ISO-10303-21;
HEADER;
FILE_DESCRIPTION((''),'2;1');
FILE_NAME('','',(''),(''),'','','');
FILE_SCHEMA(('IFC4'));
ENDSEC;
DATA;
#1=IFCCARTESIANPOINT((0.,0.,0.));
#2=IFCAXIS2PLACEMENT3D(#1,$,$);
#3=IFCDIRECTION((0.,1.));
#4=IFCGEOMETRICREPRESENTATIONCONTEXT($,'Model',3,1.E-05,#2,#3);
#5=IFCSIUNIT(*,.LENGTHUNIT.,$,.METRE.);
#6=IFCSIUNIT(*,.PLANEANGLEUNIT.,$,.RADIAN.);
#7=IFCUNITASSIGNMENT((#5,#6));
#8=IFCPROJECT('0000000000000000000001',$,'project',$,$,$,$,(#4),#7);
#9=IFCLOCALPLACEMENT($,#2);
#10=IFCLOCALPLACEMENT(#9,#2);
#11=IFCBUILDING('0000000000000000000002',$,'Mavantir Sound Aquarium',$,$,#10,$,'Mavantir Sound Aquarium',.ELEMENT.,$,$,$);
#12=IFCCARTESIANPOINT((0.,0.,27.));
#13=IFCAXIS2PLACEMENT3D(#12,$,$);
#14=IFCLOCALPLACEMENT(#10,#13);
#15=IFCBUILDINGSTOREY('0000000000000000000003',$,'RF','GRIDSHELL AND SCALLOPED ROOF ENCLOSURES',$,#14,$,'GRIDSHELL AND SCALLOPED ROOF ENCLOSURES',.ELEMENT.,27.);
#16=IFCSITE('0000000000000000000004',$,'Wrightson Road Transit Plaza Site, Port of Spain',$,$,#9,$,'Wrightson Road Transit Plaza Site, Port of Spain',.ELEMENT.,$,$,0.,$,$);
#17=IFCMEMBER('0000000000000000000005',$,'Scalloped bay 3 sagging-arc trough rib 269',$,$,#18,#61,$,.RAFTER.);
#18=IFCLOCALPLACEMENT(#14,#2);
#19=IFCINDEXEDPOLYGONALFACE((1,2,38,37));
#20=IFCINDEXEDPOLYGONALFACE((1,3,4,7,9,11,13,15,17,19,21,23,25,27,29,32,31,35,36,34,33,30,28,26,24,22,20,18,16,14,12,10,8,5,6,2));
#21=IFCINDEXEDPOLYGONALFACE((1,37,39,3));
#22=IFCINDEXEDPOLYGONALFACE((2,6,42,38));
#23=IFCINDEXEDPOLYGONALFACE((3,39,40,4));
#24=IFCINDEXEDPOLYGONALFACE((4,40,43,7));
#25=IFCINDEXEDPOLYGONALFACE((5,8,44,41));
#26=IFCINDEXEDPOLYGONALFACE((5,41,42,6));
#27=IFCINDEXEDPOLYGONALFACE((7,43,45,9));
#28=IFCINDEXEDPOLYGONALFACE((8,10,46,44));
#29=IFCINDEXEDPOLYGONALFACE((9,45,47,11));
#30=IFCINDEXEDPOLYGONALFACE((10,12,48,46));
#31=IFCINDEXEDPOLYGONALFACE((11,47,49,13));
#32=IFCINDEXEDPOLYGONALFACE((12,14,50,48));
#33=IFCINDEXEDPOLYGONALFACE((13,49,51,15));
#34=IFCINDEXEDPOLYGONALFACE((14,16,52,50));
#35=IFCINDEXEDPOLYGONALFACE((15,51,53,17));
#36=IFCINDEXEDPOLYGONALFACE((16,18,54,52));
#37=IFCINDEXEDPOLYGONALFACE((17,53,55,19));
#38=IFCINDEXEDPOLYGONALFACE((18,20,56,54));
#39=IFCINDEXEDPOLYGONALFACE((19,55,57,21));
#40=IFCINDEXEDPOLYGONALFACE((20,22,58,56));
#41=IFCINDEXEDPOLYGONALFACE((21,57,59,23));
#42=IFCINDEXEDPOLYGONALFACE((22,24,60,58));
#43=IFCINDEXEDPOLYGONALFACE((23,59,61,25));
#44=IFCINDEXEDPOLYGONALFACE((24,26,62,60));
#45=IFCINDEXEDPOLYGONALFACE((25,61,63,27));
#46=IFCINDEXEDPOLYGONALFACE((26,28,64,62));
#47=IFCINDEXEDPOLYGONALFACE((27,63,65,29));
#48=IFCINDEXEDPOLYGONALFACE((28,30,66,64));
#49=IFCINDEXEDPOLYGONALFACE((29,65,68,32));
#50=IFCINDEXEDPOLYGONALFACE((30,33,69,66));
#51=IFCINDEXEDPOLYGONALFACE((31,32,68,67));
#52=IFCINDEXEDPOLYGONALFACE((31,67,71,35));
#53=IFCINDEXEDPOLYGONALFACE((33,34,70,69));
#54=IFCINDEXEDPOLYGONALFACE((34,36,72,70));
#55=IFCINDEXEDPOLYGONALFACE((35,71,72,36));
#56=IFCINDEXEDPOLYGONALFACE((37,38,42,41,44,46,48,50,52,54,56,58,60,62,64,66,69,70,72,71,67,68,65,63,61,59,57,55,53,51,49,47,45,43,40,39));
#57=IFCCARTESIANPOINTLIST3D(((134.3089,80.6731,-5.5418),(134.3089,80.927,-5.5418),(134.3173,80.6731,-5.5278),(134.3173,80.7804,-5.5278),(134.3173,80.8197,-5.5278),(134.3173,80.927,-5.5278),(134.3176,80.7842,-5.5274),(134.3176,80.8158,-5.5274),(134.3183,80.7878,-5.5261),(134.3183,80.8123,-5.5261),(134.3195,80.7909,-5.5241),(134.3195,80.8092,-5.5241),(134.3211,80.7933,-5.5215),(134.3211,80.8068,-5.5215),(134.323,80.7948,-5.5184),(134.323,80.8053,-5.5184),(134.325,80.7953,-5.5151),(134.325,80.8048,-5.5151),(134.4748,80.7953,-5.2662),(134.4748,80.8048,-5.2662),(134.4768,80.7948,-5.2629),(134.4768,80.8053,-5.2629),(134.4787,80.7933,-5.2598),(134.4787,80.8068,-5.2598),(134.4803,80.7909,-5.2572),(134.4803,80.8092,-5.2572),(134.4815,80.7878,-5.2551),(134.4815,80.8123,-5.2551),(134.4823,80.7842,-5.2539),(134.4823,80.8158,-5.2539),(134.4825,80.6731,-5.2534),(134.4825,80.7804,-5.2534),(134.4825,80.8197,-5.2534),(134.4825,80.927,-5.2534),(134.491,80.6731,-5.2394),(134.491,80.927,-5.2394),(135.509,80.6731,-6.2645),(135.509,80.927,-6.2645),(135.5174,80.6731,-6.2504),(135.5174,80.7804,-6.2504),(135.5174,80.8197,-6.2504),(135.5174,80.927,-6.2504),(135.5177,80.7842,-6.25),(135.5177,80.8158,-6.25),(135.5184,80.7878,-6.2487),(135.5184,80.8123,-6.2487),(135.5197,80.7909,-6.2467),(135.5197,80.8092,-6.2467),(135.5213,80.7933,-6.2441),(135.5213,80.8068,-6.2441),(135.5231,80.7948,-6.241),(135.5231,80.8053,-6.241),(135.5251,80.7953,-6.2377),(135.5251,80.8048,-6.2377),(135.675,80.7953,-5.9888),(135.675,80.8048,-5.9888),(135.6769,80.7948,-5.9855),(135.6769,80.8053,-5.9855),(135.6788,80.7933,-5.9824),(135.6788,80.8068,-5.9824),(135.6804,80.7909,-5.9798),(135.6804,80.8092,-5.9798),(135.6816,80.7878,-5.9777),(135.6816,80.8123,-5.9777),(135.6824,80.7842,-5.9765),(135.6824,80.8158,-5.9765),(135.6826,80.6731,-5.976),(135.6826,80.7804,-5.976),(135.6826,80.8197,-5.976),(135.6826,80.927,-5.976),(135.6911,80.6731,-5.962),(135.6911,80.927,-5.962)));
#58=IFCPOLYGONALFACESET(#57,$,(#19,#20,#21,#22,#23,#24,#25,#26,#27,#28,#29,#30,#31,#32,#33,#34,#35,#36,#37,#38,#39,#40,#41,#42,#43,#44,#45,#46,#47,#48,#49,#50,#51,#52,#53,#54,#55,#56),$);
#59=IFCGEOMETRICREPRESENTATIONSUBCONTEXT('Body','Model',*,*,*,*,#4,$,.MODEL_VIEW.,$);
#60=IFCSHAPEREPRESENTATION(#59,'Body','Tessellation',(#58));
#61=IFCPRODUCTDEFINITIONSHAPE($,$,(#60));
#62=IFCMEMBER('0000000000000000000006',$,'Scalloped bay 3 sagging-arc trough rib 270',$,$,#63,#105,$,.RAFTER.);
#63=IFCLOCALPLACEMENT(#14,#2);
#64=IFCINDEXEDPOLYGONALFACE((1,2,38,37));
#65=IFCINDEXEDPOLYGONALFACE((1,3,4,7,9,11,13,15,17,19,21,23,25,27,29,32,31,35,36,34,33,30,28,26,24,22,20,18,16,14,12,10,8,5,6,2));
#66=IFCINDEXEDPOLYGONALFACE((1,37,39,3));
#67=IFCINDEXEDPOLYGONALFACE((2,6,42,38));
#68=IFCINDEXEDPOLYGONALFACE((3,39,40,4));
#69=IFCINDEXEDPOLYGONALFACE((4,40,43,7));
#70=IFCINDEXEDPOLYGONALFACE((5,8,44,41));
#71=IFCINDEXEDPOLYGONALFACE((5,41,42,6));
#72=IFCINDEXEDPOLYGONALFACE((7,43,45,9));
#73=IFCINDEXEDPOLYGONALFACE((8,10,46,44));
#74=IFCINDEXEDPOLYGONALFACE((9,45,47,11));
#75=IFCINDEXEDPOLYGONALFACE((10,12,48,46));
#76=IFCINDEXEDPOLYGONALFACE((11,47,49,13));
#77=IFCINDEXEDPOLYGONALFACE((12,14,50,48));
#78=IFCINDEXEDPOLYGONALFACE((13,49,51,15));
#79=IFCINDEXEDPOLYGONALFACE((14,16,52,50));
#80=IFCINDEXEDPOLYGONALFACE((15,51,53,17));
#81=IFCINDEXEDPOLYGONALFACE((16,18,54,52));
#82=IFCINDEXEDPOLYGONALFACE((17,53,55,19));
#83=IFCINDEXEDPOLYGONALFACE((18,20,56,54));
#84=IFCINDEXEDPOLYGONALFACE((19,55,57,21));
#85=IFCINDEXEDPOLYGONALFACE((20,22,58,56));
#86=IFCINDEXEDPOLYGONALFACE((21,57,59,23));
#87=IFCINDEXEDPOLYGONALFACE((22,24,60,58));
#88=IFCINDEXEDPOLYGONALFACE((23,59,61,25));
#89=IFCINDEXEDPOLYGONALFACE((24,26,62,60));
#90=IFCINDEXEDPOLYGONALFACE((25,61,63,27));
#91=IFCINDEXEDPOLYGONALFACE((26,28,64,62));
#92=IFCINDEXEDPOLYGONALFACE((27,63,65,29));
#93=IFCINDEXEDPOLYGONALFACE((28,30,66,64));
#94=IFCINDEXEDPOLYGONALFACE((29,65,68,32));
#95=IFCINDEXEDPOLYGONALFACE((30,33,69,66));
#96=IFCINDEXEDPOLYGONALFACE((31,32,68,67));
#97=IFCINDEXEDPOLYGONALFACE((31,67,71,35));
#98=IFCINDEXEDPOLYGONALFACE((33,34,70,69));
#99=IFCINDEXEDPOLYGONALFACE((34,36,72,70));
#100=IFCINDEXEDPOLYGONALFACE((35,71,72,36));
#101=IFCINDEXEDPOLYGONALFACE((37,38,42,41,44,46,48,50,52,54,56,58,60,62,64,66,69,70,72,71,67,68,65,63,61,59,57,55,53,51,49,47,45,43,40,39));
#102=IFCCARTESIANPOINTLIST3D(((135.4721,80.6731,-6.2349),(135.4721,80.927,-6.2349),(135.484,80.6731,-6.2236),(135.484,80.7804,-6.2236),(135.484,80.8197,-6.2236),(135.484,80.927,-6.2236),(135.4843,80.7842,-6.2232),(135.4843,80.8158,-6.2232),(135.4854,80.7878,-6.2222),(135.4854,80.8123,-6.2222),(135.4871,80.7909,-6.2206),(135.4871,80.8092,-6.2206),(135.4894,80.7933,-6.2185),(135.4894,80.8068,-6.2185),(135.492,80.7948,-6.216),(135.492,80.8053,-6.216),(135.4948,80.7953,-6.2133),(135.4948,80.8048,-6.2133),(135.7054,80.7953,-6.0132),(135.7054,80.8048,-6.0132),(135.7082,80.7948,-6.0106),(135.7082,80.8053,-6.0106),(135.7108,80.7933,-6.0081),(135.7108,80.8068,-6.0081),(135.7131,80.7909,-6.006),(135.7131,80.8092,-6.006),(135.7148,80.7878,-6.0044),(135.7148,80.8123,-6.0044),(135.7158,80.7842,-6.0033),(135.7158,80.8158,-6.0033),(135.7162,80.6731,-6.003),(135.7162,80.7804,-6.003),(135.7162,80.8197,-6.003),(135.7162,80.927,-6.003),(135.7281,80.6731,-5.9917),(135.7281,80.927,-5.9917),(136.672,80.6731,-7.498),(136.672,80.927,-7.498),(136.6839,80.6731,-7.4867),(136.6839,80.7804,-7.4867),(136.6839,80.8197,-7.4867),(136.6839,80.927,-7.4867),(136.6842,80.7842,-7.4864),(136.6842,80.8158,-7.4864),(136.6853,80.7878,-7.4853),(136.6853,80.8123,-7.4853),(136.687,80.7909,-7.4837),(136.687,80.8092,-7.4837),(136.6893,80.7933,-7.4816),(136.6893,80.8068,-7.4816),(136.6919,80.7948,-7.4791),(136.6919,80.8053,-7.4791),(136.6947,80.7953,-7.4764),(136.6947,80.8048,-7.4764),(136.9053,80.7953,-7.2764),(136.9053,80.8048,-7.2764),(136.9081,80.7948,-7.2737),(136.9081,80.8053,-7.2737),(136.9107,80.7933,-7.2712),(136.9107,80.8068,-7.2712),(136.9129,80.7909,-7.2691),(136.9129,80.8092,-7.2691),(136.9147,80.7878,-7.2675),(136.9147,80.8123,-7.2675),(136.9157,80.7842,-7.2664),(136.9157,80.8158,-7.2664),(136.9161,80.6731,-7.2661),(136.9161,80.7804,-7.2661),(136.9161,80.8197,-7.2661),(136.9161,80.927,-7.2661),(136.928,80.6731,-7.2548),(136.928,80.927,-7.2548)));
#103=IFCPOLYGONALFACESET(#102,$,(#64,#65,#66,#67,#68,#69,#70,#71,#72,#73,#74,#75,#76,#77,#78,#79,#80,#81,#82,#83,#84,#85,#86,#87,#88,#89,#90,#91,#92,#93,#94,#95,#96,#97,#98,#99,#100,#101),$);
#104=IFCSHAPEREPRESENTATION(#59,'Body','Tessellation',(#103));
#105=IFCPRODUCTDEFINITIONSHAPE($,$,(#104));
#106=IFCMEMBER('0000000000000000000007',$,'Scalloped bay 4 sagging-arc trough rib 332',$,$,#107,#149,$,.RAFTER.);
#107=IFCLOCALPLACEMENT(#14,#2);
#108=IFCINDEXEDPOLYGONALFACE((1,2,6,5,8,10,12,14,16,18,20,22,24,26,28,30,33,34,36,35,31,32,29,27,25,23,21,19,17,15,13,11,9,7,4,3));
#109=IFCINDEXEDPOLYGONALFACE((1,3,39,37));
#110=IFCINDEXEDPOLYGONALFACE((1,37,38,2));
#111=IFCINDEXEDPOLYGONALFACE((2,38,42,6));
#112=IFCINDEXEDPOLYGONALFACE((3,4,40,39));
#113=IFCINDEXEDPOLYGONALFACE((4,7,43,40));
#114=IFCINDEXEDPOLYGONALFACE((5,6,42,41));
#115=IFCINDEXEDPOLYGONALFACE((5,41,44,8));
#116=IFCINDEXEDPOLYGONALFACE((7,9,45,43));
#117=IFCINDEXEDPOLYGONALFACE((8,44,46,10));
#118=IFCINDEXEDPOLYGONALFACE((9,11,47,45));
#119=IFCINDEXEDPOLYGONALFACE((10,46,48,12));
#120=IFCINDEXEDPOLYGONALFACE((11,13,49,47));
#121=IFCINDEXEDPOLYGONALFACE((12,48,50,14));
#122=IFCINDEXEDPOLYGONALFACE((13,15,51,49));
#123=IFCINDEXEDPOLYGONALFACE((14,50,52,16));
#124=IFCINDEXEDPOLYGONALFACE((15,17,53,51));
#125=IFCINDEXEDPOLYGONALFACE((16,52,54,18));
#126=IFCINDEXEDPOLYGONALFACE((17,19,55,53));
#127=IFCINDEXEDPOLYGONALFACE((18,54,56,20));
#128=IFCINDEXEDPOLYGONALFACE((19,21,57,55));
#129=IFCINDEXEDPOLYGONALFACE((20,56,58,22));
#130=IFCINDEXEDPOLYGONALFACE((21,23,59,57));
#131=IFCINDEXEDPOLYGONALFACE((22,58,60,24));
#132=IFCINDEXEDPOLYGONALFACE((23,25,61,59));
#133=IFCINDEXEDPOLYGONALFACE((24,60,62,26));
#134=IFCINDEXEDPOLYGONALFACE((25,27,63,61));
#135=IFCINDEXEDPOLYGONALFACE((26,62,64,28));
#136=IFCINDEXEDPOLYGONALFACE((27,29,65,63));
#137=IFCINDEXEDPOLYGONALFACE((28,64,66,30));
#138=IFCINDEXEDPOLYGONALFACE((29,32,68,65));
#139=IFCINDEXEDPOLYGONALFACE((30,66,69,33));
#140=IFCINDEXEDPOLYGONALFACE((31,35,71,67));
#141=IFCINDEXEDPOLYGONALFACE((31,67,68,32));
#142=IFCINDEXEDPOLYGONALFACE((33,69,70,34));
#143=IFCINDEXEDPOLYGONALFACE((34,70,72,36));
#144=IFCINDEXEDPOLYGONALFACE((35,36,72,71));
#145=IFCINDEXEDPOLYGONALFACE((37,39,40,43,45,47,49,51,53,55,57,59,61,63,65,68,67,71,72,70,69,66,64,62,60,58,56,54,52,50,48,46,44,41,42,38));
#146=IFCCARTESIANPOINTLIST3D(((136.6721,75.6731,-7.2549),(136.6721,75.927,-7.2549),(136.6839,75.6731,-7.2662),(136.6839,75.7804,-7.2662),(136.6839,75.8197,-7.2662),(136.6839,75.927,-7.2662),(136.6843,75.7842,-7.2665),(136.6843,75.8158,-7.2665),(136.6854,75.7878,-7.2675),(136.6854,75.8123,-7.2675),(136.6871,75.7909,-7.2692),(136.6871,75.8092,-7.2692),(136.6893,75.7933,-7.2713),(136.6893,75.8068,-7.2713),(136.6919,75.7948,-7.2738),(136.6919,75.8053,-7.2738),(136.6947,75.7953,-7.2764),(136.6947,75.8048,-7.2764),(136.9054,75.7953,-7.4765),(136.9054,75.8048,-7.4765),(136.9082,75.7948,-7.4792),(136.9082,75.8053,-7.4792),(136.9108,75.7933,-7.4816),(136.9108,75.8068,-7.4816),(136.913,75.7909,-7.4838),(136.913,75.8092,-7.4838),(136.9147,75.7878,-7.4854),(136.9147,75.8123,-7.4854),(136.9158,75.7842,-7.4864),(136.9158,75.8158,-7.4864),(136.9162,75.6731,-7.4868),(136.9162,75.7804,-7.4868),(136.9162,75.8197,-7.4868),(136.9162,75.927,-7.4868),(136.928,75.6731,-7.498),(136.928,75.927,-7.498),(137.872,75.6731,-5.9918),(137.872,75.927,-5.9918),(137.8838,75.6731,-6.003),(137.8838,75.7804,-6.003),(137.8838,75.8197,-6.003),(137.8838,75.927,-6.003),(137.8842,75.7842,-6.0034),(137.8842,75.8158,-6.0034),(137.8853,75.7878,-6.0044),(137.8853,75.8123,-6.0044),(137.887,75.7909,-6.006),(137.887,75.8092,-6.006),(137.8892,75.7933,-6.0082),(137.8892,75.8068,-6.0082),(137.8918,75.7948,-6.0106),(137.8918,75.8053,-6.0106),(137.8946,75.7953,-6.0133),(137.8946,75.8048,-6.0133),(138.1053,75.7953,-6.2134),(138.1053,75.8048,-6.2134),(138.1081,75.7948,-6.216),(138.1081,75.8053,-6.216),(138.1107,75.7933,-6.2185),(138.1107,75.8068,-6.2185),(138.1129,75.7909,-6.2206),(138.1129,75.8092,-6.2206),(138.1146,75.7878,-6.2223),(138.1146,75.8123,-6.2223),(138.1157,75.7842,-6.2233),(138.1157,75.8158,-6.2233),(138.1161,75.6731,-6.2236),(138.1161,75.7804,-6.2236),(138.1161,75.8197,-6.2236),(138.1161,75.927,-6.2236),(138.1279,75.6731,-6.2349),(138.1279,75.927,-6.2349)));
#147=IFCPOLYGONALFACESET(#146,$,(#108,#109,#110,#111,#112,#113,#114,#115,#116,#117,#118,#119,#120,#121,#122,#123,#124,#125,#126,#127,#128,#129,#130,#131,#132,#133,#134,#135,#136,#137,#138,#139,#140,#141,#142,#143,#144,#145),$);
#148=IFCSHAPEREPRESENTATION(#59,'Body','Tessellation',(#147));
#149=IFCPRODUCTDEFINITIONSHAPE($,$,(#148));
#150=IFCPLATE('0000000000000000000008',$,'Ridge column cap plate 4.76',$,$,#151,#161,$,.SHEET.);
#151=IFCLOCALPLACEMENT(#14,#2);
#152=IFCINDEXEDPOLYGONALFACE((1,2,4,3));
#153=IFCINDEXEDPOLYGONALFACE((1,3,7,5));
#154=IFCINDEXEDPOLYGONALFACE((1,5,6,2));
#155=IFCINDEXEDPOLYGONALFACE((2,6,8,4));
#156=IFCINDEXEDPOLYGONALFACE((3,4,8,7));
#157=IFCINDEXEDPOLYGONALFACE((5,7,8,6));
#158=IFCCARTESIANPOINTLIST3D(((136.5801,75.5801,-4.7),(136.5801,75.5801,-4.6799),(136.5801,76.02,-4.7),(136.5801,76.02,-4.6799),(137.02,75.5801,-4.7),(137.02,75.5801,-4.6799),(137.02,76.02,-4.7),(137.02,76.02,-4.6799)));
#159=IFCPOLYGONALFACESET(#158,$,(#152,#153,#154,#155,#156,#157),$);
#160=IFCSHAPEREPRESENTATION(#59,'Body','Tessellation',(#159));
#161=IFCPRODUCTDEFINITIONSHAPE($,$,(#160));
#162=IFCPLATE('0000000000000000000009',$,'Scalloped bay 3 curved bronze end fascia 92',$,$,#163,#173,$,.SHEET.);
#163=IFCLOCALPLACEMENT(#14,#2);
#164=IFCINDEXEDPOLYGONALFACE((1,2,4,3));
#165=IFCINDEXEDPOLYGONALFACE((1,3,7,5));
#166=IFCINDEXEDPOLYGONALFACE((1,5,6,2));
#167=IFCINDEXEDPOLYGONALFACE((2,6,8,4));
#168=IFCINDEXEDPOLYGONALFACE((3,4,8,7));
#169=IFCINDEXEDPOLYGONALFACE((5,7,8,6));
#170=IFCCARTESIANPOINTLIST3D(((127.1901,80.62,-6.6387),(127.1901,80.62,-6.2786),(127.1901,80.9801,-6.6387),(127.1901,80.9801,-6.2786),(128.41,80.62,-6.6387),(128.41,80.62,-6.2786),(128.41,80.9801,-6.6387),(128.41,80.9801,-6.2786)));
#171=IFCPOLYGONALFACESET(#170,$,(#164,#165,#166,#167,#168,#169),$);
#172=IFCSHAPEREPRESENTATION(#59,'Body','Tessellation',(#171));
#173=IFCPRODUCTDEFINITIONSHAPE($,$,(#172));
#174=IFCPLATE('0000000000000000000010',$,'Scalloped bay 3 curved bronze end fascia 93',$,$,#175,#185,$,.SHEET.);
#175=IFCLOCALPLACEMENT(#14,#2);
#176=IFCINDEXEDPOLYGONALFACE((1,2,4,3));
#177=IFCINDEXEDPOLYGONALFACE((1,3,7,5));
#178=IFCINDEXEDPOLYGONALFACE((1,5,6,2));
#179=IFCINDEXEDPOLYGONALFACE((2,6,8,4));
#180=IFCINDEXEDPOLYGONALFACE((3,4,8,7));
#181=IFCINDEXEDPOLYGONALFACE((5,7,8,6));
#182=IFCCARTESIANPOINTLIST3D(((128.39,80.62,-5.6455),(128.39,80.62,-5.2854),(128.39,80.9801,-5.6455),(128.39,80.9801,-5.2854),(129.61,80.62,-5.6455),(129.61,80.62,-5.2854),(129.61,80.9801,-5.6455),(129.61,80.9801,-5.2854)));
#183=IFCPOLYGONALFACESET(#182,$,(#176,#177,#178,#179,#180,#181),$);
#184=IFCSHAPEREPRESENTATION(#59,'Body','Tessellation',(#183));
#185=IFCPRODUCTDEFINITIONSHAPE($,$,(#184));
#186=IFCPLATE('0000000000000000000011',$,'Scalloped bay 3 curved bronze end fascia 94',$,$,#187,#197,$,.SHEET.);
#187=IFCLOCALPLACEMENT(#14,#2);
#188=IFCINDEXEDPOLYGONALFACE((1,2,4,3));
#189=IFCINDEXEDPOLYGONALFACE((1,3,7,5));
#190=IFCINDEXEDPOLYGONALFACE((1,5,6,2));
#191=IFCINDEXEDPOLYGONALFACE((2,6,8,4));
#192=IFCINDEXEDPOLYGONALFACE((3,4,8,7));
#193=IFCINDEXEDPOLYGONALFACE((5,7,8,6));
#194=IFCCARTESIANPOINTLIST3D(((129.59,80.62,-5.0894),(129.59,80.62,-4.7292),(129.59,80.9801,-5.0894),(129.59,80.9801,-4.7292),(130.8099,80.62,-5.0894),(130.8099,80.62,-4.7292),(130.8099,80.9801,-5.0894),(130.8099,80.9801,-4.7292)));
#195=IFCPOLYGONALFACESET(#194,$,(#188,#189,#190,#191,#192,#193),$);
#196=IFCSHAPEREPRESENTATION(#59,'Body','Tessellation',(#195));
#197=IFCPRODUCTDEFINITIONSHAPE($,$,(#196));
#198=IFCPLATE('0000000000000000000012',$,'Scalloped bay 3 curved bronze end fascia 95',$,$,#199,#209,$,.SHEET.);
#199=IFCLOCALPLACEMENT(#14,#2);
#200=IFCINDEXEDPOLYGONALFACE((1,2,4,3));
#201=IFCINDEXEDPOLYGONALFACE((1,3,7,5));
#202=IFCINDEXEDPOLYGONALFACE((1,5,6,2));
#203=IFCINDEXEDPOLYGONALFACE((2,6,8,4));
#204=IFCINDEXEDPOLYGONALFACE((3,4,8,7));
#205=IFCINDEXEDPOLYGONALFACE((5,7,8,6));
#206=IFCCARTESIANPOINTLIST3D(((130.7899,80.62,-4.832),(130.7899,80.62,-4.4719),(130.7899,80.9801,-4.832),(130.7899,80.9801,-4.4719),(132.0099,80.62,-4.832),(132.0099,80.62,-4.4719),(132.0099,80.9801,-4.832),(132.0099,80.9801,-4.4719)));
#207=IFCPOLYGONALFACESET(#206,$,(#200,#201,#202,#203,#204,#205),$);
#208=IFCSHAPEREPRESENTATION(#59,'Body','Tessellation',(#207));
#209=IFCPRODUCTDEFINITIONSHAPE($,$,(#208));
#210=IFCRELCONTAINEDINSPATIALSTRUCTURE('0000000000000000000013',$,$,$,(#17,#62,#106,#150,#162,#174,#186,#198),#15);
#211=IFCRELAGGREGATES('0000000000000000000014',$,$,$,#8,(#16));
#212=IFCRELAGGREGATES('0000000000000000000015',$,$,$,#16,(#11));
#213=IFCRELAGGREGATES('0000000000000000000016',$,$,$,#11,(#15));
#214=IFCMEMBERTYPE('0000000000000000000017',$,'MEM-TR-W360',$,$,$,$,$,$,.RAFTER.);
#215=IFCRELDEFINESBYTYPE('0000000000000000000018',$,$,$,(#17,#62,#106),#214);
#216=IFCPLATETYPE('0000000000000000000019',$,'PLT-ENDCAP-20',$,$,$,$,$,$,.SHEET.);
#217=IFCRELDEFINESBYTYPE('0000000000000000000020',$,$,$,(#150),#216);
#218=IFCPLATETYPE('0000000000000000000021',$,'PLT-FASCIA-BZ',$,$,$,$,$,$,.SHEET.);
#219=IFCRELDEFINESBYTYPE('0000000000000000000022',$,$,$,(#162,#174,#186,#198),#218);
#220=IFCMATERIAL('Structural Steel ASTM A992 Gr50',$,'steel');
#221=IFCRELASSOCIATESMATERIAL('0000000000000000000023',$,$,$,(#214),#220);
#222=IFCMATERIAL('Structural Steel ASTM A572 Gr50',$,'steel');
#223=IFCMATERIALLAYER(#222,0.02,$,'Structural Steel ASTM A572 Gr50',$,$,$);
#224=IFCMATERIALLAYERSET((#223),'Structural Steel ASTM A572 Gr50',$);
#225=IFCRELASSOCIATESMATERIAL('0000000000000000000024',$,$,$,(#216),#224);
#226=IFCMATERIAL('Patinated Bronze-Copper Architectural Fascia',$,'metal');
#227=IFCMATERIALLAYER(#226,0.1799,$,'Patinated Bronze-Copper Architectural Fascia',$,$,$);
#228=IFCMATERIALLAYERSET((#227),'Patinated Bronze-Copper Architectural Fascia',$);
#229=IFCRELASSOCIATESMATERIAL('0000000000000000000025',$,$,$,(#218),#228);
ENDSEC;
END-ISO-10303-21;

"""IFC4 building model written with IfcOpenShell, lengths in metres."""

from ifc_helpers import new_model, si_unit, direction, frame, origin, origin_2d, place, context, subcontext, project, spatial, rectangle, i_section, extrude, material, layer, layer_set, material_profile, profile_set, type_object, element, save


model = new_model("IFC4")

# Units and contexts
model_context = context("Model", 3, precision=1e-05, world=origin(), true_north=direction((0.0, 1.0)))
body_context = subcontext(model_context, "Body", "Model", "MODEL_VIEW")
ifc_project = project(units=[si_unit("LENGTHUNIT", "METRE"), si_unit("PLANEANGLEUNIT", "RADIAN")], contexts=[model_context])

# Site, building, storey
site_placement = place(None, origin())
site = spatial("IfcSite", under=ifc_project, at=site_placement, Name="Wrightson Road Transit Plaza Site, Port of Spain", LongName="Wrightson Road Transit Plaza Site, Port of Spain", CompositionType="ELEMENT", RefElevation=0.0)
building_placement = place(site_placement, origin())
building = spatial("IfcBuilding", under=site, at=building_placement, Name="Mavantir Sound Aquarium", LongName="Mavantir Sound Aquarium", CompositionType="ELEMENT")
storey_placement = place(building_placement, frame((0.0, 0.0, 27.0)))
storey = spatial("IfcBuildingStorey", under=building, at=storey_placement, Name="RF", Description="GRIDSHELL AND SCALLOPED ROOF ENCLOSURES", LongName="GRIDSHELL AND SCALLOPED ROOF ENCLOSURES", CompositionType="ELEMENT", Elevation=27.0)

# Shared definitions
ifc_material_1 = material(Name="Structural Steel ASTM A992 Gr50", Category="steel")

# Members
ifc_material_profile_1 = material_profile(ifc_material_1, i_section(OverallWidth=0.2539, OverallDepth=0.353, WebThickness=0.0095, FlangeThickness=0.0164, FilletRadius=0.0149, at=origin_2d()), Name="W360X91")
ifc_profile_set_1 = profile_set([ifc_material_profile_1], Name="Structural Steel ASTM A992 Gr50")
member_type_1 = type_object("IfcMemberType", Name="MEM-TR-W360", PredefinedType="RAFTER", material=ifc_profile_set_1)
member_1_placement = place(storey_placement, frame((134.3999, 80.8, -5.3906), z_axis=(0.856692, 0.0, -0.515828), x_axis=(0.0, 1.0, 0.0)))
element("IfcMember", 1, at=member_1_placement, inside=storey, type_object=member_type_1, Name="Scalloped bay 3 sagging-arc trough rib 269", PredefinedType="RAFTER", context=body_context, shape_type="SweptSolid", body=[
    extrude(i_section(OverallWidth=0.2539, OverallDepth=0.353, WebThickness=0.0095, FlangeThickness=0.0164, FilletRadius=0.0149, at=origin_2d()), origin(), (0.0, 0.0, 1.0), 1.4009),
])
for number, where, z_axis, x_axis, name in (
    (2, (135.6001, 80.8, -6.1133), (0.688727, 0.0, -0.72502), (0.0, 1.0, 0.0), "Scalloped bay 3 sagging-arc trough rib 270"),
    (3, (136.8, 75.8, -7.3765), (0.688727, 0.0, 0.72502), (0.0, 1.0, 0.0), "Scalloped bay 4 sagging-arc trough rib 332"),
):
    element("IfcMember", number, at=place(storey_placement, frame(where, z_axis=z_axis, x_axis=x_axis)), inside=storey, type_object=member_type_1, Name=name, PredefinedType="RAFTER", context=body_context, shape_type="SweptSolid", body=[
        extrude(i_section(OverallWidth=0.2539, OverallDepth=0.353, WebThickness=0.0095, FlangeThickness=0.0164, FilletRadius=0.0149, at=origin_2d()), origin(), (0.0, 0.0, 1.0), 1.7422),
    ])

# Plates
ifc_material_2 = material(Name="Structural Steel ASTM A572 Gr50", Category="steel")
ifc_layer_1 = layer(ifc_material_2, 0.02, Name="Structural Steel ASTM A572 Gr50")
ifc_layer_set_1 = layer_set([ifc_layer_1], Name="Structural Steel ASTM A572 Gr50")
plate_type_1 = type_object("IfcPlateType", Name="PLT-ENDCAP-20", PredefinedType="SHEET", material=ifc_layer_set_1)
plate_placement = place(storey_placement, frame((136.8, 75.8, -4.7), z_axis=(0.0, 0.0, 1.0), x_axis=(1.0, 0.0, 0.0)))
element("IfcPlate", 4, at=plate_placement, inside=storey, type_object=plate_type_1, Name="Ridge column cap plate 4.76", PredefinedType="SHEET", context=body_context, shape_type="SweptSolid", body=[
    extrude(rectangle(XDim=0.4399, YDim=0.4399, at=origin_2d()), origin(), (0.0, 0.0, 1.0), 0.02),
])
ifc_material_3 = material(Name="Patinated Bronze-Copper Architectural Fascia", Category="metal")
ifc_layer_2 = layer(ifc_material_3, 0.1799, Name="Patinated Bronze-Copper Architectural Fascia")
ifc_layer_set_2 = layer_set([ifc_layer_2], Name="Patinated Bronze-Copper Architectural Fascia")
plate_type_2 = type_object("IfcPlateType", Name="PLT-FASCIA-BZ", PredefinedType="SHEET", material=ifc_layer_set_2)
for number, where, z_axis, x_axis, name in (
    (5, (127.8, 80.8, -6.6387), (0.0, 0.0, 1.0), (1.0, 0.0, 0.0), "Scalloped bay 3 curved bronze end fascia 92"),
    (6, (129.0, 80.8, -5.6455), (0.0, 0.0, 1.0), (1.0, 0.0, 0.0), "Scalloped bay 3 curved bronze end fascia 93"),
    (7, (130.2, 80.8, -5.0894), (0.0, 0.0, 1.0), (1.0, 0.0, 0.0), "Scalloped bay 3 curved bronze end fascia 94"),
    (8, (131.3999, 80.8, -4.832), (0.0, 0.0, 1.0), (1.0, 0.0, 0.0), "Scalloped bay 3 curved bronze end fascia 95"),
):
    element("IfcPlate", number, at=place(storey_placement, frame(where, z_axis=z_axis, x_axis=x_axis)), inside=storey, type_object=plate_type_2, Name=name, PredefinedType="SHEET", context=body_context, shape_type="SweptSolid", body=[
        extrude(rectangle(XDim=1.22, YDim=0.3601, at=origin_2d()), origin(), (0.0, 0.0, 1.0), 0.3601),
    ])

save(model, "model.ifc")
